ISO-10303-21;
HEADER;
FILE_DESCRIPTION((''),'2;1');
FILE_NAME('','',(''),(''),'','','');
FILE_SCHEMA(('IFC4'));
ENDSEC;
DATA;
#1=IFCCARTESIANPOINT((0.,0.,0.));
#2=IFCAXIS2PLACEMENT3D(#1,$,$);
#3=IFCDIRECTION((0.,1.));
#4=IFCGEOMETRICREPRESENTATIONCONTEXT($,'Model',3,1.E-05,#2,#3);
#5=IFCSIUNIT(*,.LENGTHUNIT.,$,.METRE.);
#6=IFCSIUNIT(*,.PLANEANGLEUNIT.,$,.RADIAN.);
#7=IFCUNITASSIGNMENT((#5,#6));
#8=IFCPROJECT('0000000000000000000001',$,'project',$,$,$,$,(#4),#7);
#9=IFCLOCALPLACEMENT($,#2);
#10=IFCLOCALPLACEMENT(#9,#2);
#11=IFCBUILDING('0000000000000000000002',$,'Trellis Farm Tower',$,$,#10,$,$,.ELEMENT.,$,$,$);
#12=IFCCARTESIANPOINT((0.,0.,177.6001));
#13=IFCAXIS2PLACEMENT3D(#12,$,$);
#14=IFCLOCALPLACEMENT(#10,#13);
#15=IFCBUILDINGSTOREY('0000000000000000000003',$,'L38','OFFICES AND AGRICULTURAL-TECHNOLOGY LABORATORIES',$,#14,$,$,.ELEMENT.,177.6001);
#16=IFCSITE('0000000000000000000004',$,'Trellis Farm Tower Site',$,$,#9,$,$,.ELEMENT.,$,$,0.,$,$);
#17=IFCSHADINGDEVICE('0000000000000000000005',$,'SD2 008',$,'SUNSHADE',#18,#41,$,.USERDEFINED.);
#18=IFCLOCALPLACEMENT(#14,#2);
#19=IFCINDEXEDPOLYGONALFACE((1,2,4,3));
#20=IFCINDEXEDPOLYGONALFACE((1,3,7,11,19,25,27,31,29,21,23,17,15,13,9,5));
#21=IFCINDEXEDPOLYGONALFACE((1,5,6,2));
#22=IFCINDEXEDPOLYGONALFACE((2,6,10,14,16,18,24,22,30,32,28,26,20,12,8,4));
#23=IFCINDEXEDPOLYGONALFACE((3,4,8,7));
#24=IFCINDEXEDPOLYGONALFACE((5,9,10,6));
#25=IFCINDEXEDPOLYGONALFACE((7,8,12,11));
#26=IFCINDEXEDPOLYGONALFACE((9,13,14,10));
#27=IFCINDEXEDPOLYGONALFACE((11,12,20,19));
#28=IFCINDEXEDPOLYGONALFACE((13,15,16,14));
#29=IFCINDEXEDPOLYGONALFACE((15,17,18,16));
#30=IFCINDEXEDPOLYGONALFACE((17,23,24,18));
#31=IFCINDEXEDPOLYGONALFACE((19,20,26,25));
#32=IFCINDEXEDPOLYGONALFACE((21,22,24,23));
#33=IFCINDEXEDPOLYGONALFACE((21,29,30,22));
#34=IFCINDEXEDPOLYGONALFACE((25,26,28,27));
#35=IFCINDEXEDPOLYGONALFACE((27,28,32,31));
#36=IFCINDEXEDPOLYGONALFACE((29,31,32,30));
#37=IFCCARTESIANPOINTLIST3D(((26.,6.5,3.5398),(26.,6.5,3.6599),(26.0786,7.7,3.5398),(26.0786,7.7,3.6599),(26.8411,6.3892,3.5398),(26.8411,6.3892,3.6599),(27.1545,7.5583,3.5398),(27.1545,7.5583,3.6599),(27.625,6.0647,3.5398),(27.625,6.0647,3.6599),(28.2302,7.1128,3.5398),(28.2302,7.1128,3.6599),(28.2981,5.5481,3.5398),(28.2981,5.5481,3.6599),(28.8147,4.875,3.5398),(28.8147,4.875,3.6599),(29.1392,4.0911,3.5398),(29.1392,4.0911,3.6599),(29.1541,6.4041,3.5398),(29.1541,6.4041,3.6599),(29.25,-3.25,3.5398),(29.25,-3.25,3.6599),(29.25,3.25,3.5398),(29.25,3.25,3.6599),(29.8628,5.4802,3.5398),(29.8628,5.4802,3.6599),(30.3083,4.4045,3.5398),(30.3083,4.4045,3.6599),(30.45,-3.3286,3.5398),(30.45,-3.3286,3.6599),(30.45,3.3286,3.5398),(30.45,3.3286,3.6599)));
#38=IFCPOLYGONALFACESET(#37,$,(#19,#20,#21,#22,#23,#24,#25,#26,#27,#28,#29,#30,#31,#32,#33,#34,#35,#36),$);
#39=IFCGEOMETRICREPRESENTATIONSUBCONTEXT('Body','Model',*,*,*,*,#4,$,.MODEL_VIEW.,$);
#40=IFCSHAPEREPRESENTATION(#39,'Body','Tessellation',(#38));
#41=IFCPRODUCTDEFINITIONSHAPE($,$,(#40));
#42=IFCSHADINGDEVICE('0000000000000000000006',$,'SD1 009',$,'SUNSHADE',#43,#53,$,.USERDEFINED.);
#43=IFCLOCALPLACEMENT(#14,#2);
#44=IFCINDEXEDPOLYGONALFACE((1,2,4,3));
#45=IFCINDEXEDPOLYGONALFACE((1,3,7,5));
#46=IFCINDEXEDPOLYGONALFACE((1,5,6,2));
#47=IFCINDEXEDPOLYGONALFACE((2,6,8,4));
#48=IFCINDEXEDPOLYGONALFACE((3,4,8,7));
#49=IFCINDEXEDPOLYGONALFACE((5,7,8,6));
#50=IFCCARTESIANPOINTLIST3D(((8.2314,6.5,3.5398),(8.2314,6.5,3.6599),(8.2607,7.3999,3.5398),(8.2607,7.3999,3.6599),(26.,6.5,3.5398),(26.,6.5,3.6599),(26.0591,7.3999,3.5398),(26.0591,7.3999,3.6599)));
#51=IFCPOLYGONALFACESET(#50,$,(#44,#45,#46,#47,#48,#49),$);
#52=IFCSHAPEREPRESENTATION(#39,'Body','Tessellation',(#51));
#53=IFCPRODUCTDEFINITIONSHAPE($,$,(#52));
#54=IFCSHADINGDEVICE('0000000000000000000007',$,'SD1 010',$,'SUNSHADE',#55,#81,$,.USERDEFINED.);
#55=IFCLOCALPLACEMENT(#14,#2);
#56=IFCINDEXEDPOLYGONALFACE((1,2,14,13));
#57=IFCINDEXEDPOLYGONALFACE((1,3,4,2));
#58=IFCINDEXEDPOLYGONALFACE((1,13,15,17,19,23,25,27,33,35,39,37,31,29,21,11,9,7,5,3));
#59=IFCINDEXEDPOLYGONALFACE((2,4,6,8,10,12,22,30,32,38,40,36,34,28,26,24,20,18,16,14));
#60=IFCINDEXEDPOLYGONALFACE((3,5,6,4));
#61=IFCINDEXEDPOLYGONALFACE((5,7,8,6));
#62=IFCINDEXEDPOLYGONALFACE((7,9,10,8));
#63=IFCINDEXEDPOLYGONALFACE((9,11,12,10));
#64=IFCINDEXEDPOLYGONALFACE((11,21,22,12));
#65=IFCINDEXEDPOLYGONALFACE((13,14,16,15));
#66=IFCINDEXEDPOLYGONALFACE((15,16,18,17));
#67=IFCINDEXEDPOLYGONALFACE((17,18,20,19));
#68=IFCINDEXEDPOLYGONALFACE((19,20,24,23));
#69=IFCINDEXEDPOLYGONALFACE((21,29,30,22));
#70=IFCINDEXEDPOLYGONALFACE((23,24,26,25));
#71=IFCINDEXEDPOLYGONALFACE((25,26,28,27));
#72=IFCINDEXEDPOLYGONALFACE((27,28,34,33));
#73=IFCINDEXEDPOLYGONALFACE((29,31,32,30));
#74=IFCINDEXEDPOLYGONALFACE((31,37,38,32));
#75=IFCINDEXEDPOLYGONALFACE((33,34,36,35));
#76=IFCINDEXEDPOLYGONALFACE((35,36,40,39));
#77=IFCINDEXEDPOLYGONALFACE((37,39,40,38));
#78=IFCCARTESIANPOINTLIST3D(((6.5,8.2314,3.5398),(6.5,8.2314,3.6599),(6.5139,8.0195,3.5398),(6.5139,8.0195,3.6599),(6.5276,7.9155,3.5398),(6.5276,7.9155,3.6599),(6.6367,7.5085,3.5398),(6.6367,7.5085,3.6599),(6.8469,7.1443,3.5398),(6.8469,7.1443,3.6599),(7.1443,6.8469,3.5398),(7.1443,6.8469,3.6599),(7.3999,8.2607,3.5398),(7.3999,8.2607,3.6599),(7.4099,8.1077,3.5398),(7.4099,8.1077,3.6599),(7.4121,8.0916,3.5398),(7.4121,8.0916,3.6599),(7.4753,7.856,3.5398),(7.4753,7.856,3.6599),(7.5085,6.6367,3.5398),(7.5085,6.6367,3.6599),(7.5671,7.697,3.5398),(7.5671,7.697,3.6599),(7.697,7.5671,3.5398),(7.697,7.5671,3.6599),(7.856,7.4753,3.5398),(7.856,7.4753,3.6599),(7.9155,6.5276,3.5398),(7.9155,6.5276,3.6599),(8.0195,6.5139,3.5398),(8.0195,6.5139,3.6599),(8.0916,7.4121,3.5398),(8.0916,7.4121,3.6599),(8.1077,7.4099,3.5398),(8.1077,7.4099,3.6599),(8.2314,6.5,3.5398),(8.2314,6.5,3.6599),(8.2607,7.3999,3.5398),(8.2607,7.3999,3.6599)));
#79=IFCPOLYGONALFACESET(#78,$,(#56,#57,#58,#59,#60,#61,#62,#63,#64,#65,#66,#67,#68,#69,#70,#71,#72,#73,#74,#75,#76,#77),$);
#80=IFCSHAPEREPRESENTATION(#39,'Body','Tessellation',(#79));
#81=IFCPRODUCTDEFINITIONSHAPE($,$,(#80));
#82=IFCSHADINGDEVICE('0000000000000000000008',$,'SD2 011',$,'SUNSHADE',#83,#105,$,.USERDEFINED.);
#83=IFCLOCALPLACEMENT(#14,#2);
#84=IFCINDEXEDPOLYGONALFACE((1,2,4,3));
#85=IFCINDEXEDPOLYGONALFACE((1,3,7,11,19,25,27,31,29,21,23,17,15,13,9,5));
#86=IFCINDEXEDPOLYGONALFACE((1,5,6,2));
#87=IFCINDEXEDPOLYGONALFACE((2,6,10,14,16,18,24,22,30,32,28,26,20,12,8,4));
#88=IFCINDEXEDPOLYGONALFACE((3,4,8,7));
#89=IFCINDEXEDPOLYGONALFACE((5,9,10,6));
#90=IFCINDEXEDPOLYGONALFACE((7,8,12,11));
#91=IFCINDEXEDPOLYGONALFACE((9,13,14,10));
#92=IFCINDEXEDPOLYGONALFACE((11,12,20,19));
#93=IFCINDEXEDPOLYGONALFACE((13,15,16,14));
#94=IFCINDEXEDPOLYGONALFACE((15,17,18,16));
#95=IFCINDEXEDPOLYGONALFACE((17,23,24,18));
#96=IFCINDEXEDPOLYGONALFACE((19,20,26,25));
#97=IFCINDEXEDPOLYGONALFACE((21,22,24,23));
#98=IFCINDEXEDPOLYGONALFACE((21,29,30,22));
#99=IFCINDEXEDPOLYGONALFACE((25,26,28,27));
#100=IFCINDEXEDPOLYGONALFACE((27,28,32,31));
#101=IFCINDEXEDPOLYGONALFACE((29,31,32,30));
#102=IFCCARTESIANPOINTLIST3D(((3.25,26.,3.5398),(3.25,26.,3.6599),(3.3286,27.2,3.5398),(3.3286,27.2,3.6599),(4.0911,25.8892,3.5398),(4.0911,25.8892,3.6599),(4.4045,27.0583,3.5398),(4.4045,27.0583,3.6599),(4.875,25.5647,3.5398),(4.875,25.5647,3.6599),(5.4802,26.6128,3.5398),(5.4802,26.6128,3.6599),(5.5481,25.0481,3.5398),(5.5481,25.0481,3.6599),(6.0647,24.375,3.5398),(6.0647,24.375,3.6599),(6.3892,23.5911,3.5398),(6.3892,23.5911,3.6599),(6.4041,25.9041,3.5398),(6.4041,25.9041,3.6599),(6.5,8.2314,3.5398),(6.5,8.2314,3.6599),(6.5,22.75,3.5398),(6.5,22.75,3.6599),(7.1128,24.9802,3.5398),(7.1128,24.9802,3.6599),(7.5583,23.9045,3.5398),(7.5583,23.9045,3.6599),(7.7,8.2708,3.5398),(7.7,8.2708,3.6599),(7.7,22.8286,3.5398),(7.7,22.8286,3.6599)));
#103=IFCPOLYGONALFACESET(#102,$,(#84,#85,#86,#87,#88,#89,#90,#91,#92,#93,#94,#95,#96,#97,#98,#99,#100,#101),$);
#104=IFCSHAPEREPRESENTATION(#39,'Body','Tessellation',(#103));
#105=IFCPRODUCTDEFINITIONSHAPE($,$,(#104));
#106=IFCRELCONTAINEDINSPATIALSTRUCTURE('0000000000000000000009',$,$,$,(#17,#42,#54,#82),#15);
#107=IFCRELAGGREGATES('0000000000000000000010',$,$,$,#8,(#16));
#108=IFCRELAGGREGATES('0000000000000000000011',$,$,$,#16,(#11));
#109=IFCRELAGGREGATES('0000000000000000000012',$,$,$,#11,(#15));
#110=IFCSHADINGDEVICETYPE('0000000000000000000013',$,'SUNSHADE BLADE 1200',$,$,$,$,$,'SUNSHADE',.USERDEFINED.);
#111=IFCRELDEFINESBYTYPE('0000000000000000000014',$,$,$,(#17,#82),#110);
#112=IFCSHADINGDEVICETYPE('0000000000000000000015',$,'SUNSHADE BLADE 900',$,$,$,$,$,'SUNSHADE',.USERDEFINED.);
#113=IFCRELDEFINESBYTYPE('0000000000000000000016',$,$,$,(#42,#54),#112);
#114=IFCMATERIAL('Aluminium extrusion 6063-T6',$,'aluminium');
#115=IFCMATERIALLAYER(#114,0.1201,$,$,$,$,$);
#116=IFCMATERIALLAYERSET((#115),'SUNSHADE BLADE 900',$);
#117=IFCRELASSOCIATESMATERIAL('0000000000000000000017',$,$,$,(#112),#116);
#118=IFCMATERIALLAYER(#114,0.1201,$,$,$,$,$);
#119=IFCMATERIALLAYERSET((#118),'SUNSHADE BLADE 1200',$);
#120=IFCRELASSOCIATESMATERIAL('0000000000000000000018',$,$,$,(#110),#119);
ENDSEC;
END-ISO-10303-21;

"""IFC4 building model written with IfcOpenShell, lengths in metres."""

from ifc_helpers import new_model, si_unit, direction, frame, origin, place, context, subcontext, project, spatial, polyline, outline, extrude, source, transform, mapped, material, layer, layer_set, type_object, element, save


model = new_model("IFC4")

# Units and contexts
model_context = context("Model", 3, precision=1e-05, world=origin(), true_north=direction((0.0, 1.0)))
body_context = subcontext(model_context, "Body", "Model", "MODEL_VIEW")
ifc_project = project(units=[si_unit("LENGTHUNIT", "METRE"), si_unit("PLANEANGLEUNIT", "RADIAN")], contexts=[model_context])

# Site, building, storey
site_placement = place(None, origin())
site = spatial("IfcSite", under=ifc_project, at=site_placement, Name="Trellis Farm Tower Site", CompositionType="ELEMENT", RefElevation=0.0)
building_placement = place(site_placement, origin())
building = spatial("IfcBuilding", under=site, at=building_placement, Name="Trellis Farm Tower", CompositionType="ELEMENT")
storey_placement = place(building_placement, frame((0.0, 0.0, 177.6001)))
storey = spatial("IfcBuildingStorey", under=building, at=storey_placement, Name="L38", Description="OFFICES AND AGRICULTURAL-TECHNOLOGY LABORATORIES", CompositionType="ELEMENT", Elevation=177.6001)

# Shared definitions
ifc_material_1 = material(Name="Aluminium extrusion 6063-T6", Category="aluminium")

# Shading devices
ifc_layer_1 = layer(ifc_material_1, 0.1201)
ifc_layer_set_1 = layer_set([ifc_layer_1], Name="SUNSHADE BLADE 900")
shading_device_type_1 = type_object("IfcShadingDeviceType", Name="SUNSHADE BLADE 900", ElementType="SUNSHADE", PredefinedType="USERDEFINED", material=ifc_layer_set_1)
placement_1 = place(storey_placement, frame((0.0, 0.0, 3.5398)))
ifc_layer_2 = layer(ifc_material_1, 0.1201)
ifc_layer_set_2 = layer_set([ifc_layer_2], Name="SUNSHADE BLADE 1200")
shading_device_type_2 = type_object("IfcShadingDeviceType", Name="SUNSHADE BLADE 1200", ElementType="SUNSHADE", PredefinedType="USERDEFINED", material=ifc_layer_set_2)
shared_shape_1 = source(origin(), body_context, "Body", "SweptSolid", [
    extrude(outline(polyline([(30.45, -3.3286), (30.45, 3.3286), (30.3083, 4.4045), (29.8628, 5.4802), (29.1541, 6.4041), (28.2302, 7.1128), (27.1545, 7.5583), (26.0786, 7.7), (26.0, 6.5), (26.8411, 6.3892), (27.625, 6.0647), (28.2981, 5.5481), (28.8147, 4.875), (29.1392, 4.0911), (29.25, 3.25), (29.25, -3.25), (30.45, -3.3286)])), origin(), (0.0, 0.0, 1.0), 0.1201),
])
element("IfcShadingDevice", 1, at=placement_1, inside=storey, type_object=shading_device_type_2, Name="SD2 008", ObjectType="SUNSHADE", PredefinedType="USERDEFINED", context=body_context, shape_type="MappedRepresentation", body=[
    mapped(shared_shape_1, transform((0.0, 0.0, 0.0))),
])
shared_shape_2 = source(origin(), body_context, "Body", "SweptSolid", [
    extrude(outline(polyline([(26.0591, 7.3999), (8.2607, 7.3999), (8.2314, 6.5), (26.0, 6.5), (26.0591, 7.3999)])), origin(), (0.0, 0.0, 1.0), 0.1201),
])
element("IfcShadingDevice", 2, at=placement_1, inside=storey, type_object=shading_device_type_1, Name="SD1 009", ObjectType="SUNSHADE", PredefinedType="USERDEFINED", context=body_context, shape_type="MappedRepresentation", body=[
    mapped(shared_shape_2, transform((0.0, 0.0, 0.0))),
])
shared_shape_3 = source(origin(), body_context, "Body", "SweptSolid", [
    extrude(outline(polyline([(8.2607, 7.3999), (8.1077, 7.4099), (8.0916, 7.4121), (7.856, 7.4753), (7.697, 7.5671), (7.5671, 7.697), (7.4753, 7.856), (7.4121, 8.0916), (7.4099, 8.1077), (7.3999, 8.2607), (6.5, 8.2314), (6.5139, 8.0195), (6.5276, 7.9155), (6.6367, 7.5085), (6.8469, 7.1443), (7.1443, 6.8469), (7.5085, 6.6367), (7.9155, 6.5276), (8.0195, 6.5139), (8.2314, 6.5), (8.2607, 7.3999)])), origin(), (0.0, 0.0, 1.0), 0.1201),
])
element("IfcShadingDevice", 3, at=placement_1, inside=storey, type_object=shading_device_type_1, Name="SD1 010", ObjectType="SUNSHADE", PredefinedType="USERDEFINED", context=body_context, shape_type="MappedRepresentation", body=[
    mapped(shared_shape_3, transform((0.0, 0.0, 0.0))),
])
shared_shape_4 = source(origin(), body_context, "Body", "SweptSolid", [
    extrude(outline(polyline([(7.7, 8.2708), (7.7, 22.8286), (7.5583, 23.9045), (7.1128, 24.9802), (6.4041, 25.9041), (5.4802, 26.6128), (4.4045, 27.0583), (3.3286, 27.2), (3.25, 26.0), (4.0911, 25.8892), (4.875, 25.5647), (5.5481, 25.0481), (6.0647, 24.375), (6.3892, 23.5911), (6.5, 22.75), (6.5, 8.2314), (7.7, 8.2708)])), origin(), (0.0, 0.0, 1.0), 0.1201),
])
element("IfcShadingDevice", 4, at=placement_1, inside=storey, type_object=shading_device_type_2, Name="SD2 011", ObjectType="SUNSHADE", PredefinedType="USERDEFINED", context=body_context, shape_type="MappedRepresentation", body=[
    mapped(shared_shape_4, transform((0.0, 0.0, 0.0))),
])

save(model, "model.ifc")
